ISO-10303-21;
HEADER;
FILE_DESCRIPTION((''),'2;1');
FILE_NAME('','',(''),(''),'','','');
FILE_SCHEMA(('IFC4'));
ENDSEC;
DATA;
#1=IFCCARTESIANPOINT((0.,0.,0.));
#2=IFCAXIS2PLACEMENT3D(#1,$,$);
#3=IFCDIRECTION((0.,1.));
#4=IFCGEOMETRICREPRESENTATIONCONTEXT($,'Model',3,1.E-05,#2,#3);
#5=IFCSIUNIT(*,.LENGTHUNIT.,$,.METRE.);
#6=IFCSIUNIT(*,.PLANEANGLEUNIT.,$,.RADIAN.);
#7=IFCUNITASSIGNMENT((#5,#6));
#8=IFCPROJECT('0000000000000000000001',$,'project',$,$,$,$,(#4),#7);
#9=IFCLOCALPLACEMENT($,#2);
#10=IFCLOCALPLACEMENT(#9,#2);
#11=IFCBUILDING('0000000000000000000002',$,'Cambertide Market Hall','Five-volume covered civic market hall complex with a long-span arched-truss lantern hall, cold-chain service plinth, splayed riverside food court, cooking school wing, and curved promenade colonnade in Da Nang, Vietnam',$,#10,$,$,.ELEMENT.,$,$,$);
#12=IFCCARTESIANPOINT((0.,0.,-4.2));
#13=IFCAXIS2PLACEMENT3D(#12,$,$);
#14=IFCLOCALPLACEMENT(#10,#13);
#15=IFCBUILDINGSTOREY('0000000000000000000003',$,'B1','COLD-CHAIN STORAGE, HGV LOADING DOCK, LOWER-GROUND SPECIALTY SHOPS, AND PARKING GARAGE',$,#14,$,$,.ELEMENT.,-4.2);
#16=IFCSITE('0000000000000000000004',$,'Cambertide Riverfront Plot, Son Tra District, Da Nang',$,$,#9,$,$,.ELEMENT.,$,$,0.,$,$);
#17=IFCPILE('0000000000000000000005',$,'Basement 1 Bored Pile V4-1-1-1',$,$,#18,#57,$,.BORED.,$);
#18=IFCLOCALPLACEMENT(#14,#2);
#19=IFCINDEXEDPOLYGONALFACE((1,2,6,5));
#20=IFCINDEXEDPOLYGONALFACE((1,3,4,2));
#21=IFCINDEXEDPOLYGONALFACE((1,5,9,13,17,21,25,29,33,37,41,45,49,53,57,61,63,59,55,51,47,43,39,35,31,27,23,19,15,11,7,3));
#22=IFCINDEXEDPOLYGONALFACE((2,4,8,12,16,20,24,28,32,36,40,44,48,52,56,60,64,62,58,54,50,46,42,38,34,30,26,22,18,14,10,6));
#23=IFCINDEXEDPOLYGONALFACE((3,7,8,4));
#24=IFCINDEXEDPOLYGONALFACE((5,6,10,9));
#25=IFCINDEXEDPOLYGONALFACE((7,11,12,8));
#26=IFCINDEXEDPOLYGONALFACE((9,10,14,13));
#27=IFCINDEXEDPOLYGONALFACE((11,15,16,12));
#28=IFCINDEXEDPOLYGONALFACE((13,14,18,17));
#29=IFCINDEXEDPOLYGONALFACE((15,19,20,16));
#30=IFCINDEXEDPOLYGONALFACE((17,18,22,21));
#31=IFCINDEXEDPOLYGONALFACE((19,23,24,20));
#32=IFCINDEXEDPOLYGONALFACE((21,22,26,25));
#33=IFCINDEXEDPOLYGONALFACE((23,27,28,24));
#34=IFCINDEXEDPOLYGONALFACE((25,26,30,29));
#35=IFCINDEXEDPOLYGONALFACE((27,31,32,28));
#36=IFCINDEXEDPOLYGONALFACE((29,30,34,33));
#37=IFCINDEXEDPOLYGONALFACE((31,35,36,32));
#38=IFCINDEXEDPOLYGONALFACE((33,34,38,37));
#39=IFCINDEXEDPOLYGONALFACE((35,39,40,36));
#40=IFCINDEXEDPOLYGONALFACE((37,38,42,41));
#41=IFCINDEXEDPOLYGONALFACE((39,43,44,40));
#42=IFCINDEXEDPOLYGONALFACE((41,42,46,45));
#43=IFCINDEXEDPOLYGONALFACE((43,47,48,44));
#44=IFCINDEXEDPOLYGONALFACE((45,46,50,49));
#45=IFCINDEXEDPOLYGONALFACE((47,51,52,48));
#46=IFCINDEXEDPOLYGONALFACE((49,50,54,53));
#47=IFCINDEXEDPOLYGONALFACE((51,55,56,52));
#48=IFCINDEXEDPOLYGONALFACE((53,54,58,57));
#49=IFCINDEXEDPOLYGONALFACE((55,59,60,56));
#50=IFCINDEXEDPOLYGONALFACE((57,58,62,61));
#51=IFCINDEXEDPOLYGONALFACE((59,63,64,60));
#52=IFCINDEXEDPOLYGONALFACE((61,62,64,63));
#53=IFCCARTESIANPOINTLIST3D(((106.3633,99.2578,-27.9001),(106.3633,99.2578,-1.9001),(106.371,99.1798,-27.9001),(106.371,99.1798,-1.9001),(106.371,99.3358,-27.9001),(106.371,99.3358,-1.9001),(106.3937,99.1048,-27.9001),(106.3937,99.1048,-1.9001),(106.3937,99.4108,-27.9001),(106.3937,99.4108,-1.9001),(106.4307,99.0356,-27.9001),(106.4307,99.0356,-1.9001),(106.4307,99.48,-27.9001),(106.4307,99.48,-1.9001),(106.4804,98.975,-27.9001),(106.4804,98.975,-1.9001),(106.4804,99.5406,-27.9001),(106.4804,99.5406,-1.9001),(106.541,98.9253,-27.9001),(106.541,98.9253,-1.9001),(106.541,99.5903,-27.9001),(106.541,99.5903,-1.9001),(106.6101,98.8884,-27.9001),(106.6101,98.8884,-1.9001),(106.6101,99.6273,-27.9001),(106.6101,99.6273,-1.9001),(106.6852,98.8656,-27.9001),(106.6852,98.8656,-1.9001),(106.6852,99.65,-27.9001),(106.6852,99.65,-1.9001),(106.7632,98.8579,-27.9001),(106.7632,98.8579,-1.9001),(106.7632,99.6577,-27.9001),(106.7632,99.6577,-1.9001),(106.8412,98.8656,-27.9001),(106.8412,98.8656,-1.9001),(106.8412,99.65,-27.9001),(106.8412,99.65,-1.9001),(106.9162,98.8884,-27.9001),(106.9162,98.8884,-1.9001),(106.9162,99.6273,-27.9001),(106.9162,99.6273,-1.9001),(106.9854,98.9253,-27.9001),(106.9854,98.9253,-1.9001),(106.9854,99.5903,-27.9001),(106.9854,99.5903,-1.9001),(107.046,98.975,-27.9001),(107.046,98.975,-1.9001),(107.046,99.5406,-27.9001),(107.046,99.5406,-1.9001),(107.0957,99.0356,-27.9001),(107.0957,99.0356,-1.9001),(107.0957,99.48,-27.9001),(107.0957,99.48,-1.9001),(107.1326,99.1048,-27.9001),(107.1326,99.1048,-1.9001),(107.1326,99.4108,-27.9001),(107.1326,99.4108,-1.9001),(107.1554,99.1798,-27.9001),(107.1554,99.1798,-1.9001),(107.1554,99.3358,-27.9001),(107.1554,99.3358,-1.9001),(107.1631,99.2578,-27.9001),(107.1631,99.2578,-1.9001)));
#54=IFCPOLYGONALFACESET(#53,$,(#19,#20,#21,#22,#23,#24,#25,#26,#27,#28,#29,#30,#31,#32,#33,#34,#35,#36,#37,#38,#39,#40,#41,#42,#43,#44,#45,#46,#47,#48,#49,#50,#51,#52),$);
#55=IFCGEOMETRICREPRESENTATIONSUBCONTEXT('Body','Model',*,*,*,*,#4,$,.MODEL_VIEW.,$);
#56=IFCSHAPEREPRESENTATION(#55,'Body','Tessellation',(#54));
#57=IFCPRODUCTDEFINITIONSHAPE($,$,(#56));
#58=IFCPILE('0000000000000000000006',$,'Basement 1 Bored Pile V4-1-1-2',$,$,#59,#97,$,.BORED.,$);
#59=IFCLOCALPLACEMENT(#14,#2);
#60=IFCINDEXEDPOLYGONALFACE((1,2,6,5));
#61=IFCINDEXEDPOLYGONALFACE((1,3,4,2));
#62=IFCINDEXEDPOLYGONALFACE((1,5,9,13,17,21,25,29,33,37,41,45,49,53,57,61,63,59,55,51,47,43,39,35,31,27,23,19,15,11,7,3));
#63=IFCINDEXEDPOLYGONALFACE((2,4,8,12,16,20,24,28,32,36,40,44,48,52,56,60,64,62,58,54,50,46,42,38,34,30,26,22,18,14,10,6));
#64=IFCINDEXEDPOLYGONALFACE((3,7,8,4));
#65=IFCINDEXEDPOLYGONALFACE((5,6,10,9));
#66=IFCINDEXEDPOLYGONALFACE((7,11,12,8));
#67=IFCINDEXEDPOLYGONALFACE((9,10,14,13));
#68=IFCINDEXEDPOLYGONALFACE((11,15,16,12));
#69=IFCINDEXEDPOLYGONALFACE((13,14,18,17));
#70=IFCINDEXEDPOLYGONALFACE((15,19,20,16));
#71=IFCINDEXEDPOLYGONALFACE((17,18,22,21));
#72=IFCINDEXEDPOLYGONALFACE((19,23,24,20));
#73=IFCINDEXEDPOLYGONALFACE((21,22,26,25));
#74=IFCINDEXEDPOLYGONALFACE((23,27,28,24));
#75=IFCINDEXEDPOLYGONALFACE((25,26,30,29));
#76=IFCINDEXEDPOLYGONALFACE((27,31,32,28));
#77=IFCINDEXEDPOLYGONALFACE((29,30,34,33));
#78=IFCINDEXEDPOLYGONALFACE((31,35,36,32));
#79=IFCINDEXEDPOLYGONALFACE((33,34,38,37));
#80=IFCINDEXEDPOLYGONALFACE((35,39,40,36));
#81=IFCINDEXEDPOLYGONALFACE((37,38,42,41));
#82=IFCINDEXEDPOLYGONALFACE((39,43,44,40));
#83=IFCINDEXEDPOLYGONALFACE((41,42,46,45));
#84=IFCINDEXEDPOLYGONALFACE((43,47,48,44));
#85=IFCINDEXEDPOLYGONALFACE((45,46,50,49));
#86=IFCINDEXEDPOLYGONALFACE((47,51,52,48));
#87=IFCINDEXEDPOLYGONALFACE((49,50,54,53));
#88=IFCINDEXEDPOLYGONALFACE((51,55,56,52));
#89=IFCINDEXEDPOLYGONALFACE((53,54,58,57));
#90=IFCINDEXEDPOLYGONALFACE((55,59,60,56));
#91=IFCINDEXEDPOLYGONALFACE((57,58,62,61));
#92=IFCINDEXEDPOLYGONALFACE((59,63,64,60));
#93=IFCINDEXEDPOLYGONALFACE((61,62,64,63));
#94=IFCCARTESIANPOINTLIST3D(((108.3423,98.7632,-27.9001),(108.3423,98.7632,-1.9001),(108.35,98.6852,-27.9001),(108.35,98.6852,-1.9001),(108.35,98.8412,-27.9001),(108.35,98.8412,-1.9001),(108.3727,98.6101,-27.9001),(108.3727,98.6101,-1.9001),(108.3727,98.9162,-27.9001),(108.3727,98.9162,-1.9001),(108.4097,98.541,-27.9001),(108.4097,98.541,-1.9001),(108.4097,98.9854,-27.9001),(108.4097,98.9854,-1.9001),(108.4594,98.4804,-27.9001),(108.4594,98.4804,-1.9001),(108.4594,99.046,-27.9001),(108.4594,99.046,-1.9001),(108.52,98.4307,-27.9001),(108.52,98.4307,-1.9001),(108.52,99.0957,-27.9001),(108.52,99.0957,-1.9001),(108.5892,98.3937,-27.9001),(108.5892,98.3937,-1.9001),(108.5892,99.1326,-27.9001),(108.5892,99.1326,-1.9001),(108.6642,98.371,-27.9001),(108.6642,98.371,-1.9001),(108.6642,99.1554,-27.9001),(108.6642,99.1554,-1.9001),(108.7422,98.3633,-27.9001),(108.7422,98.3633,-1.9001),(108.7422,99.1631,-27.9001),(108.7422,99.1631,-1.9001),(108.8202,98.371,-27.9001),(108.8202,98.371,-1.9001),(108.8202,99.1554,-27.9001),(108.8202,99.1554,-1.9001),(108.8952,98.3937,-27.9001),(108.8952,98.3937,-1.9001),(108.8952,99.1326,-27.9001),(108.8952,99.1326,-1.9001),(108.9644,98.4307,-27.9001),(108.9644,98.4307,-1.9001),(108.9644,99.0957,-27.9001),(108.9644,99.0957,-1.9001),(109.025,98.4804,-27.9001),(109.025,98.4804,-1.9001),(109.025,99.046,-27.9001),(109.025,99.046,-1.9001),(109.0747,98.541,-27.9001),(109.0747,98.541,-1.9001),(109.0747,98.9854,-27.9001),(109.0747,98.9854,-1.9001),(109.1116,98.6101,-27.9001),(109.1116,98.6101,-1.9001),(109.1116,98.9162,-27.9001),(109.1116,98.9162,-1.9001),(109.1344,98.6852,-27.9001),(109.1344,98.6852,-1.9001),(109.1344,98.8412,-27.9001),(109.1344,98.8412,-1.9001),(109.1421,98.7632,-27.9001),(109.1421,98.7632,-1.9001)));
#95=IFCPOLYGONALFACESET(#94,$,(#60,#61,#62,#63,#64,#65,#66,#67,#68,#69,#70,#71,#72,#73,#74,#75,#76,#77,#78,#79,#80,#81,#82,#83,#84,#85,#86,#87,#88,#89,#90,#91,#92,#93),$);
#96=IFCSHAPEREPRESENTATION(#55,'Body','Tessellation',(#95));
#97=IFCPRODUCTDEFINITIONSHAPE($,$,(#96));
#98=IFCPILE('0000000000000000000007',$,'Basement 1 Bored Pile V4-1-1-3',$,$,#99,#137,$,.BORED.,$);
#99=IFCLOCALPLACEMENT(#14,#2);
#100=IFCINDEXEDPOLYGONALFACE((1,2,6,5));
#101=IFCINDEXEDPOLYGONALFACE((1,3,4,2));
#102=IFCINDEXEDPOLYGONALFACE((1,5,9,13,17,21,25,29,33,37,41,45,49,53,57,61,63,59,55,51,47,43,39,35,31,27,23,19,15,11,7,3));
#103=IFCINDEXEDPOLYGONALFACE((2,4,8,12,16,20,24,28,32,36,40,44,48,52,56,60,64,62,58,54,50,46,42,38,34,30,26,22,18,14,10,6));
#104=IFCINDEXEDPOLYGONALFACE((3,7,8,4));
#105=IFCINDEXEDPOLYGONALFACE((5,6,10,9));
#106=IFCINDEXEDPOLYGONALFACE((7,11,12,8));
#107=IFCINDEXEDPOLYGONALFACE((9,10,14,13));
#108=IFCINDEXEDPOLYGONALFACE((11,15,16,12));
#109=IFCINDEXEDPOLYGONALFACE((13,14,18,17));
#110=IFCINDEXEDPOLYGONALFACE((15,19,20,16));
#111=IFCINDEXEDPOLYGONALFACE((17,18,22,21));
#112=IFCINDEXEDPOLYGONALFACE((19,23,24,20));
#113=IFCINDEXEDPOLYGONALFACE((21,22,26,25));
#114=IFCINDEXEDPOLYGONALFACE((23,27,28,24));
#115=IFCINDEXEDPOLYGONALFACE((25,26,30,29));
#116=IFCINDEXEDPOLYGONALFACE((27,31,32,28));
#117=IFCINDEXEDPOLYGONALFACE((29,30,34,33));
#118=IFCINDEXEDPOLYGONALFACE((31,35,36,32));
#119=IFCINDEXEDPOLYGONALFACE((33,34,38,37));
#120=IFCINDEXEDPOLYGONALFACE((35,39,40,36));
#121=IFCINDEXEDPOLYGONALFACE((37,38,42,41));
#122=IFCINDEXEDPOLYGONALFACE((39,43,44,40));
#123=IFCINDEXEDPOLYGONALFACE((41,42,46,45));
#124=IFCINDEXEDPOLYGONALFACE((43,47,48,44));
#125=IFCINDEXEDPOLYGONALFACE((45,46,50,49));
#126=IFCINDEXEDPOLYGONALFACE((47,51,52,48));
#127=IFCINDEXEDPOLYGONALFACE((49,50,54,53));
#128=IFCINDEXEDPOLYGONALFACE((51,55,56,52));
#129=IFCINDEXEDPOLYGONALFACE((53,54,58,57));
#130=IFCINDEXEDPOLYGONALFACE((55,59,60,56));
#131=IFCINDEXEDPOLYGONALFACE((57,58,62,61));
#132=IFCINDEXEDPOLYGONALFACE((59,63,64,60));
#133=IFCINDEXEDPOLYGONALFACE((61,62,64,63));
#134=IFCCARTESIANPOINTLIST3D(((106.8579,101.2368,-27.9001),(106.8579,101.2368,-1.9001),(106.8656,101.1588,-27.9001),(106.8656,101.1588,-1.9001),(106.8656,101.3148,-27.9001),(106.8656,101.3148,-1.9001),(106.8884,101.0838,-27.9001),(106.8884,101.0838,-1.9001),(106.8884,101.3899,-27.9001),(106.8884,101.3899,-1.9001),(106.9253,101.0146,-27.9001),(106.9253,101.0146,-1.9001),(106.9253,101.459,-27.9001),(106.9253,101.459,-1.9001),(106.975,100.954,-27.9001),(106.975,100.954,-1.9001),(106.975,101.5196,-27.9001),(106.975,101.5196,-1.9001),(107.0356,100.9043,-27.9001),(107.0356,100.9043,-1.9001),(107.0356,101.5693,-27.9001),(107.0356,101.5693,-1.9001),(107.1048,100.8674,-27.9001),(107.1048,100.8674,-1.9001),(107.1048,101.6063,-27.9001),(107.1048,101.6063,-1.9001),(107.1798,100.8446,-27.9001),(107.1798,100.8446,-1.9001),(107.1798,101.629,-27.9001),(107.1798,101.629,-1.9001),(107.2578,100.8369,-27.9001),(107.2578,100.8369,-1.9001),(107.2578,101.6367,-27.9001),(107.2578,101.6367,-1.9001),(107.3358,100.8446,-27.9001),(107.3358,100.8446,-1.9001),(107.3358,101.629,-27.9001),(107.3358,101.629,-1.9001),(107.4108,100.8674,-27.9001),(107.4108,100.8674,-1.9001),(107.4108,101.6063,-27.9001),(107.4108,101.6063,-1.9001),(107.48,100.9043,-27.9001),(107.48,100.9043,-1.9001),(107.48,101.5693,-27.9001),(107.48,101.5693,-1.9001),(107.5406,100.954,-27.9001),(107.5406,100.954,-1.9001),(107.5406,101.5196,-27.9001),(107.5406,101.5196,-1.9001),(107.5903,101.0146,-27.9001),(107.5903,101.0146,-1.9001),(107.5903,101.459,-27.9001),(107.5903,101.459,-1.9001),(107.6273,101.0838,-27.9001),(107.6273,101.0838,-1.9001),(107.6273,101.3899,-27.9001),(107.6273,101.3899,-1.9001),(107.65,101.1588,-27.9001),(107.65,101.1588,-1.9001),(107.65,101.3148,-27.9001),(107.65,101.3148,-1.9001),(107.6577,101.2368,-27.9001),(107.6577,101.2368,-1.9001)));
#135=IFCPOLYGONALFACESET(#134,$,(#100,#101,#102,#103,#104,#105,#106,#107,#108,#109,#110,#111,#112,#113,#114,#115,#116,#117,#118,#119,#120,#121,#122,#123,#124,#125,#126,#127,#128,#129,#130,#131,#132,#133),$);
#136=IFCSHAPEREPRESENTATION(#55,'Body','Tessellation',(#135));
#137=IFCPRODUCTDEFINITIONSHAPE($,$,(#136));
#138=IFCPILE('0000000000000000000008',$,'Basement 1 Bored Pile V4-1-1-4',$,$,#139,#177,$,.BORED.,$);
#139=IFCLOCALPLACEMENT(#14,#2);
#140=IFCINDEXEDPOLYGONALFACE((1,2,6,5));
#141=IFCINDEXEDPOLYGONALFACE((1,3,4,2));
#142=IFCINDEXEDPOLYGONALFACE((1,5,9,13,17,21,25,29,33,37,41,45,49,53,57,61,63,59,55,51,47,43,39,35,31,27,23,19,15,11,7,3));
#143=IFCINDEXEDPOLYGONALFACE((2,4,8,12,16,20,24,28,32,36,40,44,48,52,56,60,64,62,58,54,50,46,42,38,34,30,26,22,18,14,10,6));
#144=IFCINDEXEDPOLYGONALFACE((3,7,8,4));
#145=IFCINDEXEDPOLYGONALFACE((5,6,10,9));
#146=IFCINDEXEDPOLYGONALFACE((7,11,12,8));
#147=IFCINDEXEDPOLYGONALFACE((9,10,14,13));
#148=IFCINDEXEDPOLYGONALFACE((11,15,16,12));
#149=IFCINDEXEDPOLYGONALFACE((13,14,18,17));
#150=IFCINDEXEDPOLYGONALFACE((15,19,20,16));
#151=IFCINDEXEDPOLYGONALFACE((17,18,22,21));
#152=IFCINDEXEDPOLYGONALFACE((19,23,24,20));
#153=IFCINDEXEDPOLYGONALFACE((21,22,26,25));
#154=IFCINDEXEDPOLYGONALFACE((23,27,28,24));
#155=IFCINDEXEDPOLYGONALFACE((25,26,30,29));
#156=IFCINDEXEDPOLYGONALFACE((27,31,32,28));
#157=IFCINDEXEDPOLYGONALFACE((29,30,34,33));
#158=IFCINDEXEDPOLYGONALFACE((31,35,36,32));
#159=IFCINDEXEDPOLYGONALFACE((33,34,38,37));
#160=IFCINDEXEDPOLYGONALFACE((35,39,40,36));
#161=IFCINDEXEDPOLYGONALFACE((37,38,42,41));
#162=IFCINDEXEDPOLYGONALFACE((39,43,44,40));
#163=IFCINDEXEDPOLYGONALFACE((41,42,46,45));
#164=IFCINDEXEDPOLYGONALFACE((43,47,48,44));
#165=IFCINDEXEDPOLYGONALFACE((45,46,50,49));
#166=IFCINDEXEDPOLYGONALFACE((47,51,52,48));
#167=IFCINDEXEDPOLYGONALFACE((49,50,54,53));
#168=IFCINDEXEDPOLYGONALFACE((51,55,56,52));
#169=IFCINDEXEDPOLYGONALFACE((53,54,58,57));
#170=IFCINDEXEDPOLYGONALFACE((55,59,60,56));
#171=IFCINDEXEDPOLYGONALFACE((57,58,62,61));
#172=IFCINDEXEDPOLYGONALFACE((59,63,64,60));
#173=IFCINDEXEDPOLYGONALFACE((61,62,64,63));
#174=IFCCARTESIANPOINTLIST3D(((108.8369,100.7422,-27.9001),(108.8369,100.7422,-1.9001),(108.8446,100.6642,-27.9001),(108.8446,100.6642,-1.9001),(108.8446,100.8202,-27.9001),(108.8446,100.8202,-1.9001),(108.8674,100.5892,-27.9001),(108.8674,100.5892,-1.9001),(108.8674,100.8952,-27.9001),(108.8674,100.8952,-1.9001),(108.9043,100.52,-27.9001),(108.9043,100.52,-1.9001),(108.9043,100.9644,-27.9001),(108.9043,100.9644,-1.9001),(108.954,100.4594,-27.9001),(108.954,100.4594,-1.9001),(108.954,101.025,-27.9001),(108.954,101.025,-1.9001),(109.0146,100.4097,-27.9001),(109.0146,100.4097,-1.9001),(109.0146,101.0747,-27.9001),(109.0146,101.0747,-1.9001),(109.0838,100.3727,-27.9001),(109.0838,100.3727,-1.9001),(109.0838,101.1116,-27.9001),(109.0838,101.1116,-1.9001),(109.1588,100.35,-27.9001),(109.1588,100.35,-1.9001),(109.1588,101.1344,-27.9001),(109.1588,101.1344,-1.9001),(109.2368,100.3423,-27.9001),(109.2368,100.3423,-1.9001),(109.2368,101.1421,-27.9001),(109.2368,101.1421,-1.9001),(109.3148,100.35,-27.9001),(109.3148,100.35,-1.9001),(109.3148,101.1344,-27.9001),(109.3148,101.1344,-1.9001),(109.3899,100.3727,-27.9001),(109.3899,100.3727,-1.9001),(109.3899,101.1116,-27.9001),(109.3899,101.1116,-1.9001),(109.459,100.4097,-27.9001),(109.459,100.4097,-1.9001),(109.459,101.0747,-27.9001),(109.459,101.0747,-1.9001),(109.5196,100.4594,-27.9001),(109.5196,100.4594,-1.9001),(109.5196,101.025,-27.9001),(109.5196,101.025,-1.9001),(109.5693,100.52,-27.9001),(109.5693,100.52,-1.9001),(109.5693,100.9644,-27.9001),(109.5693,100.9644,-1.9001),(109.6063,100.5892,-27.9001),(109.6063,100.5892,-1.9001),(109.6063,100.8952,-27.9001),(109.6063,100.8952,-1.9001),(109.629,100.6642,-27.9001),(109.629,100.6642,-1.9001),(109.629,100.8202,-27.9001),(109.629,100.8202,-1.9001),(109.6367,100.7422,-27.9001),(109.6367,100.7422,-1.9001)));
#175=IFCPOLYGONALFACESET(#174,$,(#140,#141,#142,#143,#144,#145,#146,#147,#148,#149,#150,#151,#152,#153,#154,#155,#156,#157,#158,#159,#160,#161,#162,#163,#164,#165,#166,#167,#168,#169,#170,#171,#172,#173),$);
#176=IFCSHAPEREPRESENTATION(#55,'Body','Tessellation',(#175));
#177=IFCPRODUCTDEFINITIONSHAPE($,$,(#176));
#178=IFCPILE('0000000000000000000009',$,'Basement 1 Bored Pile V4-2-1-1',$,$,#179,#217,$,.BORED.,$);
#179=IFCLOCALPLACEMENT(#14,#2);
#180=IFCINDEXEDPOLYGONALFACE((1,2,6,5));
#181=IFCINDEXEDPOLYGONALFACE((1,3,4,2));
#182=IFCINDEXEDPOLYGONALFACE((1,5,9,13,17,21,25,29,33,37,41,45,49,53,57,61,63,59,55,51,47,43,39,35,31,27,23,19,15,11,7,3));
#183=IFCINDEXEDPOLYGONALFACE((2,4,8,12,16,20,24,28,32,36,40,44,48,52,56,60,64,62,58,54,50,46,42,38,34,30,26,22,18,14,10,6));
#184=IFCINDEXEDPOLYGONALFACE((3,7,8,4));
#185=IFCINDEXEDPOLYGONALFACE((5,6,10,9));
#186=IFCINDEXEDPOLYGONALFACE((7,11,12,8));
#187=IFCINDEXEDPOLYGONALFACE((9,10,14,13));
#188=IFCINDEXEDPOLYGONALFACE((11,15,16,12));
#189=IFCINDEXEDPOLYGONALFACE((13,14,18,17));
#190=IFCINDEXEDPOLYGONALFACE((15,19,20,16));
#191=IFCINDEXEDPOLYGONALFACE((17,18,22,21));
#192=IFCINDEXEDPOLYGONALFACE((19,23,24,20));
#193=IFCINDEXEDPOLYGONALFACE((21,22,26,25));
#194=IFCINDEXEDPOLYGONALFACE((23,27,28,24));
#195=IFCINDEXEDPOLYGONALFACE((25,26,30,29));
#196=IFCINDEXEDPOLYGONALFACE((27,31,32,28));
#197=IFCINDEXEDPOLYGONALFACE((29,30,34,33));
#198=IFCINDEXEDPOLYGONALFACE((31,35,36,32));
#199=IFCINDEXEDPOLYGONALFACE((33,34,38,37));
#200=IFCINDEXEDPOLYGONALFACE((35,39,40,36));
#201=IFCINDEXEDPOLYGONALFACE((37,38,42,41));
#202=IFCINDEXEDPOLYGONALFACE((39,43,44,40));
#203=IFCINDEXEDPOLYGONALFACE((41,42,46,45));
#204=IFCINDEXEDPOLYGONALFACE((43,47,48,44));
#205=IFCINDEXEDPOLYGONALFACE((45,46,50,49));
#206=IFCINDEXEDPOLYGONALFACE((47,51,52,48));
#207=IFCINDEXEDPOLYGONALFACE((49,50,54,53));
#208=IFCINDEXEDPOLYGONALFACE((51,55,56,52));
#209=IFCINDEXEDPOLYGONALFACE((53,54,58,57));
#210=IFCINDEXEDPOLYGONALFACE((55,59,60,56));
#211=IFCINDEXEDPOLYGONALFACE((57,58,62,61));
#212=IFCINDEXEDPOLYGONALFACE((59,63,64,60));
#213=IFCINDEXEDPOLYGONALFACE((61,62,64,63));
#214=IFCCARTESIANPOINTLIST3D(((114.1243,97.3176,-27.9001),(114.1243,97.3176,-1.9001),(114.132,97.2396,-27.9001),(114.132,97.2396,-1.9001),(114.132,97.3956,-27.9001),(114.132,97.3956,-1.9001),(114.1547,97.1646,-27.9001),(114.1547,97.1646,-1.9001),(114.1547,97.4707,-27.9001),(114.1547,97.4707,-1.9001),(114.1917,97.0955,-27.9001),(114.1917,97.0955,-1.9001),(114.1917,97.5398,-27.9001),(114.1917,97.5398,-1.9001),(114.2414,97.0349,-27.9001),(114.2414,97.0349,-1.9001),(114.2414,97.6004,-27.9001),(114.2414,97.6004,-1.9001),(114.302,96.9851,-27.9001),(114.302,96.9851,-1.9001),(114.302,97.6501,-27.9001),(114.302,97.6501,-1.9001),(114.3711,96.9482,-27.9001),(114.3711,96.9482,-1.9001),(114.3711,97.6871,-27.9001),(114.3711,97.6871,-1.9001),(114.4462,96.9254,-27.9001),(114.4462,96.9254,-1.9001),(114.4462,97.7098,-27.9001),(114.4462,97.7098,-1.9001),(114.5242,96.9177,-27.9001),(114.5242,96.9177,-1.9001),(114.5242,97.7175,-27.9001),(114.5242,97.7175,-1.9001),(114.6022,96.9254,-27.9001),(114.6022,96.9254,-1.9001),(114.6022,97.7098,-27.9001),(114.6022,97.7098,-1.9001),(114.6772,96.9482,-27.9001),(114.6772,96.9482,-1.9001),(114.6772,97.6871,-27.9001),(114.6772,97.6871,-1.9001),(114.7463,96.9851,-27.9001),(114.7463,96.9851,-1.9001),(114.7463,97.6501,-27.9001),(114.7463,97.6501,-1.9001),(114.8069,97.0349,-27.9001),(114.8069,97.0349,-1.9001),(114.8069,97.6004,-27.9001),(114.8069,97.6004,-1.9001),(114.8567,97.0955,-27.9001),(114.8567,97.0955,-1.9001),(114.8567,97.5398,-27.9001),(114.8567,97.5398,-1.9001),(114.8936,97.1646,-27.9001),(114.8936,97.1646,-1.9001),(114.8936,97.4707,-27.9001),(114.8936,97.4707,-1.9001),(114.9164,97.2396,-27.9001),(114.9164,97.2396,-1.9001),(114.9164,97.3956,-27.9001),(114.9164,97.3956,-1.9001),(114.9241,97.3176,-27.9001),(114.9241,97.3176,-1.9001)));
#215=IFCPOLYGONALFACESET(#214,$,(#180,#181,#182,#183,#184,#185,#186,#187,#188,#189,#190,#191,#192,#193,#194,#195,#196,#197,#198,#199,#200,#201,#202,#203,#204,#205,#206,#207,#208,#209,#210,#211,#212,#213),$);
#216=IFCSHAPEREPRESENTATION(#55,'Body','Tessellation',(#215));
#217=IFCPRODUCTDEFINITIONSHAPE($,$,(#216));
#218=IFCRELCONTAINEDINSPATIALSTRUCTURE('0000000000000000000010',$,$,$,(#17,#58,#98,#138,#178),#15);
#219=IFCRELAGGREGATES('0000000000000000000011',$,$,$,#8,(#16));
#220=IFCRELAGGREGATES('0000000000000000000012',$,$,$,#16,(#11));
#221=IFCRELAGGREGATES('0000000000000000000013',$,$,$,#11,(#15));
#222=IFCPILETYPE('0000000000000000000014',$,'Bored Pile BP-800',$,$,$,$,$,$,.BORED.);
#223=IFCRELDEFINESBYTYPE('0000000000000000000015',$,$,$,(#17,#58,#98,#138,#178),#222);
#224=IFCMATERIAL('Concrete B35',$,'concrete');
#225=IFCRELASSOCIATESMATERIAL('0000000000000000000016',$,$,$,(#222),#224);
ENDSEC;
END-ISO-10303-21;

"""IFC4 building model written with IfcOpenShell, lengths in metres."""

from ifc_helpers import new_model, si_unit, direction, frame, origin, origin_2d, place, context, subcontext, project, spatial, circle, extrude, material, material_profile, profile_set, type_object, element, save


model = new_model("IFC4")

# Units and contexts
model_context = context("Model", 3, precision=1e-05, world=origin(), true_north=direction((0.0, 1.0)))
body_context = subcontext(model_context, "Body", "Model", "MODEL_VIEW")
ifc_project = project(units=[si_unit("LENGTHUNIT", "METRE"), si_unit("PLANEANGLEUNIT", "RADIAN")], contexts=[model_context])

# Site, building, storey
site_placement = place(None, origin())
site = spatial("IfcSite", under=ifc_project, at=site_placement, Name="Cambertide Riverfront Plot, Son Tra District, Da Nang", CompositionType="ELEMENT", RefElevation=0.0)
building_placement = place(site_placement, origin())
building = spatial("IfcBuilding", under=site, at=building_placement, Name="Cambertide Market Hall", Description="Five-volume covered civic market hall complex with a long-span arched-truss lantern hall, cold-chain service plinth, splayed riverside food court, cooking school wing, and curved promenade colonnade in Da Nang, Vietnam", CompositionType="ELEMENT")
storey_placement = place(building_placement, frame((0.0, 0.0, -4.2)))
storey = spatial("IfcBuildingStorey", under=building, at=storey_placement, Name="B1", Description="COLD-CHAIN STORAGE, HGV LOADING DOCK, LOWER-GROUND SPECIALTY SHOPS, AND PARKING GARAGE", CompositionType="ELEMENT", Elevation=-4.2)

# Piles
ifc_material_1 = material(Name="Concrete B35", Category="concrete")
ifc_material_profile_1 = material_profile(ifc_material_1, circle(Radius=0.3999, at=origin_2d()), Name="BP D800")
ifc_profile_set_1 = profile_set([ifc_material_profile_1], Name="Concrete B35")
pile_type_1 = type_object("IfcPileType", Name="Bored Pile BP-800", PredefinedType="BORED", material=ifc_profile_set_1)
for number, where, z_axis, x_axis, name in (
    (1, (106.7632, 99.2578, -1.9001), (0.0, 0.0, -1.0), (1.0, 0.0, 0.0), "Basement 1 Bored Pile V4-1-1-1"),
    (2, (108.7422, 98.7632, -1.9001), (0.0, 0.0, -1.0), (1.0, 0.0, 0.0), "Basement 1 Bored Pile V4-1-1-2"),
    (3, (107.2578, 101.2368, -1.9001), (0.0, 0.0, -1.0), (1.0, 0.0, 0.0), "Basement 1 Bored Pile V4-1-1-3"),
    (4, (109.2368, 100.7422, -1.9001), (0.0, 0.0, -1.0), (1.0, 0.0, 0.0), "Basement 1 Bored Pile V4-1-1-4"),
    (5, (114.5242, 97.3176, -1.9001), (0.0, 0.0, -1.0), (1.0, 0.0, 0.0), "Basement 1 Bored Pile V4-2-1-1"),
):
    element("IfcPile", number, at=place(storey_placement, frame(where, z_axis=z_axis, x_axis=x_axis)), inside=storey, type_object=pile_type_1, Name=name, PredefinedType="BORED", context=body_context, shape_type="SweptSolid", body=[
        extrude(circle(Radius=0.3999, at=origin_2d()), origin(), (0.0, 0.0, 1.0), 26.0),
    ])

save(model, "model.ifc")
